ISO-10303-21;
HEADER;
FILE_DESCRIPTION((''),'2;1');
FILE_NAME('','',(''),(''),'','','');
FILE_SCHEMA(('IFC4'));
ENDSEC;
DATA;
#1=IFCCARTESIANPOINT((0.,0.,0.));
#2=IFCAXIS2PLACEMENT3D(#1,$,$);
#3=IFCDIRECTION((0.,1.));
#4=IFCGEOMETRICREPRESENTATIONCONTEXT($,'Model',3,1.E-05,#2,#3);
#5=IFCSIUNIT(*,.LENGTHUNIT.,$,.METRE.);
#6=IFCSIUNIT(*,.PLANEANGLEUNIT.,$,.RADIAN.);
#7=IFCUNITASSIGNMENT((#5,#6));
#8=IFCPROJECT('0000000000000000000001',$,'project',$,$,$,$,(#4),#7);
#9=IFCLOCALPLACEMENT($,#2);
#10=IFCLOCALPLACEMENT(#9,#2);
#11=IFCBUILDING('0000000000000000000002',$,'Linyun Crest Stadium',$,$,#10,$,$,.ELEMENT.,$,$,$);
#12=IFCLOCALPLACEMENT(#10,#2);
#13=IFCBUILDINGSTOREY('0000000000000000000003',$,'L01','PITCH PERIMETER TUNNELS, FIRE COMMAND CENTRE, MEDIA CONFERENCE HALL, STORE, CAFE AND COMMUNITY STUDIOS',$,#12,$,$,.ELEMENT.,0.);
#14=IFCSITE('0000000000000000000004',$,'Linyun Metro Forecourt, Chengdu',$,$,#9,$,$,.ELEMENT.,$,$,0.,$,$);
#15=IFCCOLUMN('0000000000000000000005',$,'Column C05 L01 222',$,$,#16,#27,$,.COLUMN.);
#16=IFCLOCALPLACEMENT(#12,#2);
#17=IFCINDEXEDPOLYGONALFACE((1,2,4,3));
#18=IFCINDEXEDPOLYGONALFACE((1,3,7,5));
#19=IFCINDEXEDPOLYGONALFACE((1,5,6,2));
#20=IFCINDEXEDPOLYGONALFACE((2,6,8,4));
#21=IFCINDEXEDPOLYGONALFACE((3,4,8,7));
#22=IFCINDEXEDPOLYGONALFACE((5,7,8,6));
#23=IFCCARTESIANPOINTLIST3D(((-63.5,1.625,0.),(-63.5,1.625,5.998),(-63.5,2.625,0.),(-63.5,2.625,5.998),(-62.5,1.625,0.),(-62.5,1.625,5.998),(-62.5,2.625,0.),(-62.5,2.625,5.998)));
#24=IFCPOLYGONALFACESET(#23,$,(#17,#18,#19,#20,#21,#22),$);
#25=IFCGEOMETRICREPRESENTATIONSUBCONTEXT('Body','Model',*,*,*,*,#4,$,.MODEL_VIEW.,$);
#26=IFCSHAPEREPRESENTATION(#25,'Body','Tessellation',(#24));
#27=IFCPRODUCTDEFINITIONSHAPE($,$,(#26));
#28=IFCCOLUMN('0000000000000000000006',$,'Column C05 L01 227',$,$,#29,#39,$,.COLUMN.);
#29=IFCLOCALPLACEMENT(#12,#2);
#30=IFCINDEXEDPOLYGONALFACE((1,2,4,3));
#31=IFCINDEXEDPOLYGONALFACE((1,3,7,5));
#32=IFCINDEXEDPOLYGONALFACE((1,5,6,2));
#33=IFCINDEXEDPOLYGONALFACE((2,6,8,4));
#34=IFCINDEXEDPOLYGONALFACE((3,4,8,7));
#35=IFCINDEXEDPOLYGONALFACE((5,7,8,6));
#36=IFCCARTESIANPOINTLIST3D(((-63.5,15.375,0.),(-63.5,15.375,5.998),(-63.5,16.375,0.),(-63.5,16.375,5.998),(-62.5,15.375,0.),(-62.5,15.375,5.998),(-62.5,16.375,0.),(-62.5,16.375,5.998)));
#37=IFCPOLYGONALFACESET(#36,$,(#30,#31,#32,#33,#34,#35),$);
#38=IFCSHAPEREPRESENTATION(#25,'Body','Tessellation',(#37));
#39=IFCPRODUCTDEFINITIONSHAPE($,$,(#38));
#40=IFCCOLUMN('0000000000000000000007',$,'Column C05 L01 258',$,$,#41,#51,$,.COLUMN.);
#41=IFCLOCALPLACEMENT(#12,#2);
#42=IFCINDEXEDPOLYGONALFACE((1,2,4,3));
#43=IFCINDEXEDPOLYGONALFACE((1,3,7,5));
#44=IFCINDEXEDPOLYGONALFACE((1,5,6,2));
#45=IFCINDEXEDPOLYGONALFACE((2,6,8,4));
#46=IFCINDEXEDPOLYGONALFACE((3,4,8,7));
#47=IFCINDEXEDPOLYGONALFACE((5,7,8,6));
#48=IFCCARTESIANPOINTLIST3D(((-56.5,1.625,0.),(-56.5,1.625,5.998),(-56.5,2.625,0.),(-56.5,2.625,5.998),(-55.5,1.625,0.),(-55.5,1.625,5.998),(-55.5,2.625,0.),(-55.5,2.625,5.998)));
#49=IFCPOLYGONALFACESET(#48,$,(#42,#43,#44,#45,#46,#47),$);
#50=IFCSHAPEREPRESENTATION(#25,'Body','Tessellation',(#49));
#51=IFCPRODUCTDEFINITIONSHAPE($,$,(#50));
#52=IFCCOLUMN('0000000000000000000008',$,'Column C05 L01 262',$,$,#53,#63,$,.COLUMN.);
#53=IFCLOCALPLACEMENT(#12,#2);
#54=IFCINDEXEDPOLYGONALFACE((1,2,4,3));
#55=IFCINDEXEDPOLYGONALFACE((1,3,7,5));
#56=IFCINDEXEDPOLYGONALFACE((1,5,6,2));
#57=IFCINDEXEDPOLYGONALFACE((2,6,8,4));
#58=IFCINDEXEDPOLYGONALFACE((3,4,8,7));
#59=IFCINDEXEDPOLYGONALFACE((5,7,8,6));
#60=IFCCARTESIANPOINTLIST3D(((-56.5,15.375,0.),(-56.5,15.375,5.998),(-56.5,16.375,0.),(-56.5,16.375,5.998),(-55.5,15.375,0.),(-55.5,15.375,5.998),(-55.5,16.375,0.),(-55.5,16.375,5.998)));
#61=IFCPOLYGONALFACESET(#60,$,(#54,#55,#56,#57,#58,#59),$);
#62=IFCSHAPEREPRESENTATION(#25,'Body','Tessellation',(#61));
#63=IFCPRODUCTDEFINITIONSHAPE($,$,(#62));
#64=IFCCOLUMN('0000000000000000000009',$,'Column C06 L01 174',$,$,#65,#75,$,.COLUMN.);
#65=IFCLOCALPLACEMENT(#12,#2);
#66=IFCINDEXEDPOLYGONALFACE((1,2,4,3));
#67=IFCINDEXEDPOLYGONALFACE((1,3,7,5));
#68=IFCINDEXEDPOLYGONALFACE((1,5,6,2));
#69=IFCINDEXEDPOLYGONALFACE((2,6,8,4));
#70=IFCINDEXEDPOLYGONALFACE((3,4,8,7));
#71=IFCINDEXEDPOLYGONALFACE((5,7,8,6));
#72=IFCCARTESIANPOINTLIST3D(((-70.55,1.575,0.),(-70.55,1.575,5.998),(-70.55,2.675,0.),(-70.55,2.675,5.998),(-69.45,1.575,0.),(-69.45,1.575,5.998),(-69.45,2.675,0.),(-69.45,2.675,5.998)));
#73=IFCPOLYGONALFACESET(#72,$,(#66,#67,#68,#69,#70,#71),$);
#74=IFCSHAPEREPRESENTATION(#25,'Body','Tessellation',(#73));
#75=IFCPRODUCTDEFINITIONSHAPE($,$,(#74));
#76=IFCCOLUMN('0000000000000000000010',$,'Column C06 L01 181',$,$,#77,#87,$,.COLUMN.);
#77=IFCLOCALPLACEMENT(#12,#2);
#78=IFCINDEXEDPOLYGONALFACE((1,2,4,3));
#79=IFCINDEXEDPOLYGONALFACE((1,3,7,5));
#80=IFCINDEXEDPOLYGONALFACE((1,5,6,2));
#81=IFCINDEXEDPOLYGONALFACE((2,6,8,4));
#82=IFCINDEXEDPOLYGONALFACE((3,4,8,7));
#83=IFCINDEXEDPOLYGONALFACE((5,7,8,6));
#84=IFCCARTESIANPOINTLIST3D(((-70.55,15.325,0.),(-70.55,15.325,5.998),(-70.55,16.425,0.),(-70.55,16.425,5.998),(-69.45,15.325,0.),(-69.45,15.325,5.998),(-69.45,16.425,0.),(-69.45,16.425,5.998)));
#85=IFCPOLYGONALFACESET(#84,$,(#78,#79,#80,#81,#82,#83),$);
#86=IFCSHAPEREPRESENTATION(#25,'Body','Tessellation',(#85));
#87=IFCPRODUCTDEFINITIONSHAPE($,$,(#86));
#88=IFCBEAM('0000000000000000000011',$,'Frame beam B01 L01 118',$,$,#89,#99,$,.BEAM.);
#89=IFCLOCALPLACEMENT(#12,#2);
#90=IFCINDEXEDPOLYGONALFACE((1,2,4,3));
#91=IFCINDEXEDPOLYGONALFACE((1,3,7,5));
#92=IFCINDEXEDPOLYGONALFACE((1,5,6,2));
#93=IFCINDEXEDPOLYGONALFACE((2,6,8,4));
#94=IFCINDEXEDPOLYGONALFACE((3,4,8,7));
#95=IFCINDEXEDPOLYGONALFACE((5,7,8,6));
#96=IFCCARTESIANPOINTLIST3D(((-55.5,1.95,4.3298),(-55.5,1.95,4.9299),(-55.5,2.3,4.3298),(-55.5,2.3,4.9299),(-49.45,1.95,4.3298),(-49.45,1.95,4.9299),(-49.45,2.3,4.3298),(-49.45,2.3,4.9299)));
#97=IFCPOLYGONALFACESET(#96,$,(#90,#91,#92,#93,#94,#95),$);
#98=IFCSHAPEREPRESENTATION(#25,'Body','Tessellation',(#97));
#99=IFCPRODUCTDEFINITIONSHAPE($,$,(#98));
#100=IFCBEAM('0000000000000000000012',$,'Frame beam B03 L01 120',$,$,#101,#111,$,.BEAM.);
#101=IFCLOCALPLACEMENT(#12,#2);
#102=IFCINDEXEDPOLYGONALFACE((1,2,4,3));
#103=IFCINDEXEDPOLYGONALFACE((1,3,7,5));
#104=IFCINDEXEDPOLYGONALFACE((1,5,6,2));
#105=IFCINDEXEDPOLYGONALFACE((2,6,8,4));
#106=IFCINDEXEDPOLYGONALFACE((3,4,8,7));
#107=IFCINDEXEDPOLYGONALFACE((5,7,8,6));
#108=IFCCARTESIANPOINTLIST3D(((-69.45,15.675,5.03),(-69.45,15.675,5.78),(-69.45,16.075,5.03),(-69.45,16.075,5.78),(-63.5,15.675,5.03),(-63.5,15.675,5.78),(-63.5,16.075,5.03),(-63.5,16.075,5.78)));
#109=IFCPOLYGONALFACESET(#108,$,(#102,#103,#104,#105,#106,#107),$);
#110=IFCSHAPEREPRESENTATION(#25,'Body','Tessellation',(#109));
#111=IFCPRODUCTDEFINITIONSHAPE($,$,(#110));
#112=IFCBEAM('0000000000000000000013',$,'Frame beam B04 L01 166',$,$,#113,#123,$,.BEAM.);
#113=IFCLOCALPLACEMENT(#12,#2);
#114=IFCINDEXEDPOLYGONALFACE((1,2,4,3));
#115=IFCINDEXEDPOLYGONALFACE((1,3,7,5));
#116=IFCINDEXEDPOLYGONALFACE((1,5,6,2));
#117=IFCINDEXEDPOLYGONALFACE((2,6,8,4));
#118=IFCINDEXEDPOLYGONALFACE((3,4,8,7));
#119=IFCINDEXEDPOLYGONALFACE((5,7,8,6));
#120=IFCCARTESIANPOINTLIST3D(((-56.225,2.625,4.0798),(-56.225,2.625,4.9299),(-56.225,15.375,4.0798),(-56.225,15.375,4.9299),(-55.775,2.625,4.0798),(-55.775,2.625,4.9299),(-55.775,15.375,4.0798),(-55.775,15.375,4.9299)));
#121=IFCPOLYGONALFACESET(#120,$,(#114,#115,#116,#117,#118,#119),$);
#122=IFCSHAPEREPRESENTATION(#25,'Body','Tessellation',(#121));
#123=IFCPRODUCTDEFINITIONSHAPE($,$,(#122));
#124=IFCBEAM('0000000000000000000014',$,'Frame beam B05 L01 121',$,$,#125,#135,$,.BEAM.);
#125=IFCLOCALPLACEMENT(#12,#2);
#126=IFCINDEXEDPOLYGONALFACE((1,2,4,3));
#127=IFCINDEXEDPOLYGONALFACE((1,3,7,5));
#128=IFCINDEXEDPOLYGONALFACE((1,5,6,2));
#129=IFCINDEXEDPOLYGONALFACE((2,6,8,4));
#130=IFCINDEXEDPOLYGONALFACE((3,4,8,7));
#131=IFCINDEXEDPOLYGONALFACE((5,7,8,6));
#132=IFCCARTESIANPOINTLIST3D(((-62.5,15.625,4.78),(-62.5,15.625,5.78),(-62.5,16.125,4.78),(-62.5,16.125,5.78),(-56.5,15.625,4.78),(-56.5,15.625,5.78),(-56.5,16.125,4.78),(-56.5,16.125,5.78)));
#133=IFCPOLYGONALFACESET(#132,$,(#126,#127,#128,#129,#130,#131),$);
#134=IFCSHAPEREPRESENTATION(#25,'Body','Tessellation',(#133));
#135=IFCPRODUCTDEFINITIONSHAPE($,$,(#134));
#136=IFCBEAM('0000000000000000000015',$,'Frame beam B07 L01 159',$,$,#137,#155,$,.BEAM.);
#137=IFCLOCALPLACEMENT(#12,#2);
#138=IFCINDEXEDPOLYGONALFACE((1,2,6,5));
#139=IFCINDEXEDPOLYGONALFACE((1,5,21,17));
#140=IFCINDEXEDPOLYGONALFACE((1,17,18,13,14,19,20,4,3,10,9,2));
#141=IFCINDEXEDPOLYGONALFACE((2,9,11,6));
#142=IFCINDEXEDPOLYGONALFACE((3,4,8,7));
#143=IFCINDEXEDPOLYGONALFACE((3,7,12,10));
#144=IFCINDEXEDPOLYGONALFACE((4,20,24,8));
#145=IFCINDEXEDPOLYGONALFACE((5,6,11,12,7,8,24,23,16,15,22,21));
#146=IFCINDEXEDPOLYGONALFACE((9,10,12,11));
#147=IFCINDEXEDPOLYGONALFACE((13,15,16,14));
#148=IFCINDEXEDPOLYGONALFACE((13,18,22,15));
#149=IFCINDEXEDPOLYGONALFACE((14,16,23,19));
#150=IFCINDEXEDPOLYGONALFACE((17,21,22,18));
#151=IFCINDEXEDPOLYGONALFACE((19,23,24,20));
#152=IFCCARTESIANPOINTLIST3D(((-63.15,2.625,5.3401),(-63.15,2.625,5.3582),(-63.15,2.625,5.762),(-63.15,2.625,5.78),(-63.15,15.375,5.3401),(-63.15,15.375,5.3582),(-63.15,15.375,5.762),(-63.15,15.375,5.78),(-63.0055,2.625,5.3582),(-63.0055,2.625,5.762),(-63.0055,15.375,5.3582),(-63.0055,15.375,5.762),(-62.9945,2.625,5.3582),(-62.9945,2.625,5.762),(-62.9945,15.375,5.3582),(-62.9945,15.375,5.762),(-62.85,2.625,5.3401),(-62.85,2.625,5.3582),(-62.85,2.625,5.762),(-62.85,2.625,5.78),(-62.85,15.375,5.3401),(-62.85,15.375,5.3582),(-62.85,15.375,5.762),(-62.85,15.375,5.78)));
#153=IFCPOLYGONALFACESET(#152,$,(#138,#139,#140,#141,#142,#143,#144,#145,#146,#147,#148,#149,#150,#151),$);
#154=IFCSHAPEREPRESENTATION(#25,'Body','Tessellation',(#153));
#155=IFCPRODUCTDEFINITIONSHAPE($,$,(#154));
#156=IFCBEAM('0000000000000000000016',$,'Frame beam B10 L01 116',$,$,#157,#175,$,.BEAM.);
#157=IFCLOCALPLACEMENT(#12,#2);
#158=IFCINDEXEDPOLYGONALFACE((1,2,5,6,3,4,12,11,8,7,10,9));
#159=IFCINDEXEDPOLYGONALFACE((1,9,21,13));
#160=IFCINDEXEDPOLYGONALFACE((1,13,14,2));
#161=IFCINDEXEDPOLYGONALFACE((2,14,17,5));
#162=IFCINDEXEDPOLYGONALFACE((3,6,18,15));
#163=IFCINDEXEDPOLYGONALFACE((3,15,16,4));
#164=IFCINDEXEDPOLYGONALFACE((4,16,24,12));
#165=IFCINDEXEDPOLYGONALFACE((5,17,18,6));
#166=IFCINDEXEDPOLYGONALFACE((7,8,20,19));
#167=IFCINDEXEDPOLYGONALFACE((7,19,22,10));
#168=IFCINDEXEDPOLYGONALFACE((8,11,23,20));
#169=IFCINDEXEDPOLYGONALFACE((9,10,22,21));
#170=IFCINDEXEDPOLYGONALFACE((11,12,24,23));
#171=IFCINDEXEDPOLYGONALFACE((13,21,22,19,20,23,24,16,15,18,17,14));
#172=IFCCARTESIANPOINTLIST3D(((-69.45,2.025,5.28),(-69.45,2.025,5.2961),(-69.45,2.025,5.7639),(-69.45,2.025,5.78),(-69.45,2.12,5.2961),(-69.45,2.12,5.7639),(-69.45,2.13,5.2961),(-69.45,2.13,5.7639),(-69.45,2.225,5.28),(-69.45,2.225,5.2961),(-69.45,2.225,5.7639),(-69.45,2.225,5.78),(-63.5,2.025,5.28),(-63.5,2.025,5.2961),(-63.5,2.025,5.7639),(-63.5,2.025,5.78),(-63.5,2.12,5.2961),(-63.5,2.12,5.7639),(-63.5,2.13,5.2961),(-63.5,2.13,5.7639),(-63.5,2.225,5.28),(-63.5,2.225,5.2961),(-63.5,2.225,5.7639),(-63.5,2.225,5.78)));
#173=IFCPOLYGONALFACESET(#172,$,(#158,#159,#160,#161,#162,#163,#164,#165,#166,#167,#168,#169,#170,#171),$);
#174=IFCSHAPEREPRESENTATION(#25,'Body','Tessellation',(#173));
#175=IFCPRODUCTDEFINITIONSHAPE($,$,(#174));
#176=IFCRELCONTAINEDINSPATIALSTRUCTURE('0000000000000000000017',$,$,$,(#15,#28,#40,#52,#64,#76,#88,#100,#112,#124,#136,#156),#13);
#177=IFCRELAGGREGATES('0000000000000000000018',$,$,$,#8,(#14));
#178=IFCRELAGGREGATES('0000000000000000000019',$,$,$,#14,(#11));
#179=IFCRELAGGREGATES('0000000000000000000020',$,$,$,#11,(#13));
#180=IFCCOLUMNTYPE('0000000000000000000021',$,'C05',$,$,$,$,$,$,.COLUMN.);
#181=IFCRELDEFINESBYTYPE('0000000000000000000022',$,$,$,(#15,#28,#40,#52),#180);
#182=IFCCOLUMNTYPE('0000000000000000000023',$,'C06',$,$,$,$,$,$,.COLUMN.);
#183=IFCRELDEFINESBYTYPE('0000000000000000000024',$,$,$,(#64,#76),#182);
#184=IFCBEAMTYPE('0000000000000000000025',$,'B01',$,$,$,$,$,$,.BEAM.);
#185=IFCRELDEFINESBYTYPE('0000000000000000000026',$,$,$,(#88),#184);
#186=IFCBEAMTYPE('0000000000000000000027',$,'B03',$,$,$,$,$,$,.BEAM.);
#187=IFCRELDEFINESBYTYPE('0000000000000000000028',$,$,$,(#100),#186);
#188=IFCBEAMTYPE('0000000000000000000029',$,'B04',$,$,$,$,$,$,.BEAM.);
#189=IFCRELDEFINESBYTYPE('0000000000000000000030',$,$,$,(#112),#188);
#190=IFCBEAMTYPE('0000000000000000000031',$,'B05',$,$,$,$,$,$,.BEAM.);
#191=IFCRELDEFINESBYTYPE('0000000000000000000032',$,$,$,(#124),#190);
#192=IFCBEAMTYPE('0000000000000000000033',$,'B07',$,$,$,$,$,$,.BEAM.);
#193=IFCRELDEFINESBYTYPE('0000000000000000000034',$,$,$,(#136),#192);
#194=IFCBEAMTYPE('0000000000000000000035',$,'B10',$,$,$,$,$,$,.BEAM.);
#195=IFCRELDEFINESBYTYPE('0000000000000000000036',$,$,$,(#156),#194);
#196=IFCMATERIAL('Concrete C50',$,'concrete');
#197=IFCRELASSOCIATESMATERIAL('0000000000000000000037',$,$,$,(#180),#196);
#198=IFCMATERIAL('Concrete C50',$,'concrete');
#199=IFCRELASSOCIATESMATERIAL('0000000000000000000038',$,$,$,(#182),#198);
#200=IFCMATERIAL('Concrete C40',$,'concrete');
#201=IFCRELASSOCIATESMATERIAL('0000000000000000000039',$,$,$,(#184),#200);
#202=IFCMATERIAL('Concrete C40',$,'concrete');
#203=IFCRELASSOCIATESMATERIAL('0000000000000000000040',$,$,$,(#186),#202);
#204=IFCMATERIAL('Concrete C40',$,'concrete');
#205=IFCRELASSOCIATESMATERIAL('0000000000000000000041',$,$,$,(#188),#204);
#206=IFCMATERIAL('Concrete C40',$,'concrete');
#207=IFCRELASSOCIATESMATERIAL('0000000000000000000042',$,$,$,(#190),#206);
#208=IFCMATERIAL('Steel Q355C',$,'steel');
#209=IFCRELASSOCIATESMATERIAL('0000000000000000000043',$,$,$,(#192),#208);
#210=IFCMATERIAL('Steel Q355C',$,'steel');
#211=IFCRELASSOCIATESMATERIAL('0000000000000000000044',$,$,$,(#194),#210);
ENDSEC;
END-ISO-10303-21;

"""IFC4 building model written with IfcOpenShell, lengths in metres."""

from ifc_helpers import new_model, si_unit, direction, frame, origin, origin_2d, place, context, subcontext, project, spatial, rectangle, i_section, extrude, material, material_profile, profile_set, type_object, element, save


model = new_model("IFC4")

# Units and contexts
model_context = context("Model", 3, precision=1e-05, world=origin(), true_north=direction((0.0, 1.0)))
body_context = subcontext(model_context, "Body", "Model", "MODEL_VIEW")
ifc_project = project(units=[si_unit("LENGTHUNIT", "METRE"), si_unit("PLANEANGLEUNIT", "RADIAN")], contexts=[model_context])

# Site, building, storey
site_placement = place(None, origin())
site = spatial("IfcSite", under=ifc_project, at=site_placement, Name="Linyun Metro Forecourt, Chengdu", CompositionType="ELEMENT", RefElevation=0.0)
building_placement = place(site_placement, origin())
building = spatial("IfcBuilding", under=site, at=building_placement, Name="Linyun Crest Stadium", CompositionType="ELEMENT")
storey_placement = place(building_placement, origin())
storey = spatial("IfcBuildingStorey", under=building, at=storey_placement, Name="L01", Description="PITCH PERIMETER TUNNELS, FIRE COMMAND CENTRE, MEDIA CONFERENCE HALL, STORE, CAFE AND COMMUNITY STUDIOS", CompositionType="ELEMENT", Elevation=0.0)

# Columns
ifc_material_1 = material(Name="Concrete C50", Category="concrete")
ifc_material_profile_1 = material_profile(ifc_material_1, rectangle(XDim=1.0, YDim=1.0, at=origin_2d()), Name="RC 1000x1000")
ifc_profile_set_1 = profile_set([ifc_material_profile_1], Name="Concrete C50")
column_type_1 = type_object("IfcColumnType", Name="C05", PredefinedType="COLUMN", material=ifc_profile_set_1)
for number, where, z_axis, x_axis, name in (
    (1, (-63.0, 2.125, 0.0), (0.0, 0.0, 1.0), (1.0, 0.0, 0.0), "Column C05 L01 222"),
    (2, (-63.0, 15.875, 0.0), (0.0, 0.0, 1.0), (1.0, 0.0, 0.0), "Column C05 L01 227"),
    (3, (-56.0, 2.125, 0.0), (0.0, 0.0, 1.0), (1.0, 0.0, 0.0), "Column C05 L01 258"),
    (4, (-56.0, 15.875, 0.0), (0.0, 0.0, 1.0), (1.0, 0.0, 0.0), "Column C05 L01 262"),
):
    element("IfcColumn", number, at=place(storey_placement, frame(where, z_axis=z_axis, x_axis=x_axis)), inside=storey, type_object=column_type_1, Name=name, PredefinedType="COLUMN", context=body_context, shape_type="SweptSolid", body=[
        extrude(rectangle(XDim=1.0, YDim=1.0, at=origin_2d()), origin(), (0.0, 0.0, 1.0), 5.998),
    ])
ifc_material_2 = material(Name="Concrete C50", Category="concrete")
ifc_material_profile_2 = material_profile(ifc_material_2, rectangle(XDim=1.1001, YDim=1.1001, at=origin_2d()), Name="RC 1100x1100")
ifc_profile_set_2 = profile_set([ifc_material_profile_2], Name="Concrete C50")
column_type_2 = type_object("IfcColumnType", Name="C06", PredefinedType="COLUMN", material=ifc_profile_set_2)
for number, where, z_axis, x_axis, name in (
    (5, (-70.0, 2.125, 0.0), (0.0, 0.0, 1.0), (1.0, 0.0, 0.0), "Column C06 L01 174"),
    (6, (-70.0, 15.875, 0.0), (0.0, 0.0, 1.0), (1.0, 0.0, 0.0), "Column C06 L01 181"),
):
    element("IfcColumn", number, at=place(storey_placement, frame(where, z_axis=z_axis, x_axis=x_axis)), inside=storey, type_object=column_type_2, Name=name, PredefinedType="COLUMN", context=body_context, shape_type="SweptSolid", body=[
        extrude(rectangle(XDim=1.1001, YDim=1.1001, at=origin_2d()), origin(), (0.0, 0.0, 1.0), 5.998),
    ])

# Beams
ifc_material_3 = material(Name="Concrete C40", Category="concrete")
ifc_material_profile_3 = material_profile(ifc_material_3, rectangle(XDim=0.3501, YDim=0.6001, at=origin_2d()), Name="RCB 600x350")
ifc_profile_set_3 = profile_set([ifc_material_profile_3], Name="Concrete C40")
beam_type_1 = type_object("IfcBeamType", Name="B01", PredefinedType="BEAM", material=ifc_profile_set_3)
beam_1_placement = place(storey_placement, frame((-55.5, 2.125, 4.6299), z_axis=(1.0, 0.0, 0.0), x_axis=(0.0, 1.0, 0.0)))
element("IfcBeam", 7, at=beam_1_placement, inside=storey, type_object=beam_type_1, Name="Frame beam B01 L01 118", PredefinedType="BEAM", context=body_context, shape_type="SweptSolid", body=[
    extrude(rectangle(XDim=0.3501, YDim=0.6001, at=origin_2d()), origin(), (0.0, 0.0, 1.0), 6.05),
])
ifc_material_4 = material(Name="Concrete C40", Category="concrete")
ifc_material_profile_4 = material_profile(ifc_material_4, rectangle(XDim=0.3999, YDim=0.75, at=origin_2d()), Name="RCB 750x400")
ifc_profile_set_4 = profile_set([ifc_material_profile_4], Name="Concrete C40")
beam_type_2 = type_object("IfcBeamType", Name="B03", PredefinedType="BEAM", material=ifc_profile_set_4)
beam_2_placement = place(storey_placement, frame((-69.45, 15.875, 5.405), z_axis=(1.0, 0.0, 0.0), x_axis=(0.0, 1.0, 0.0)))
element("IfcBeam", 8, at=beam_2_placement, inside=storey, type_object=beam_type_2, Name="Frame beam B03 L01 120", PredefinedType="BEAM", context=body_context, shape_type="SweptSolid", body=[
    extrude(rectangle(XDim=0.3999, YDim=0.75, at=origin_2d()), origin(), (0.0, 0.0, 1.0), 5.95),
])
ifc_material_5 = material(Name="Concrete C40", Category="concrete")
ifc_material_profile_5 = material_profile(ifc_material_5, rectangle(XDim=0.45, YDim=0.8501, at=origin_2d()), Name="RCB 850x450")
ifc_profile_set_5 = profile_set([ifc_material_profile_5], Name="Concrete C40")
beam_type_3 = type_object("IfcBeamType", Name="B04", PredefinedType="BEAM", material=ifc_profile_set_5)
beam_3_placement = place(storey_placement, frame((-56.0, 2.625, 4.5049), z_axis=(0.0, 1.0, 0.0), x_axis=(-1.0, 0.0, 0.0)))
element("IfcBeam", 9, at=beam_3_placement, inside=storey, type_object=beam_type_3, Name="Frame beam B04 L01 166", PredefinedType="BEAM", context=body_context, shape_type="SweptSolid", body=[
    extrude(rectangle(XDim=0.45, YDim=0.8501, at=origin_2d()), origin(), (0.0, 0.0, 1.0), 12.75),
])
ifc_material_6 = material(Name="Concrete C40", Category="concrete")
ifc_material_profile_6 = material_profile(ifc_material_6, rectangle(XDim=0.5, YDim=1.0, at=origin_2d()), Name="RCB 1000x500")
ifc_profile_set_6 = profile_set([ifc_material_profile_6], Name="Concrete C40")
beam_type_4 = type_object("IfcBeamType", Name="B05", PredefinedType="BEAM", material=ifc_profile_set_6)
beam_4_placement = place(storey_placement, frame((-62.5, 15.875, 5.28), z_axis=(1.0, 0.0, 0.0), x_axis=(0.0, 1.0, 0.0)))
element("IfcBeam", 10, at=beam_4_placement, inside=storey, type_object=beam_type_4, Name="Frame beam B05 L01 121", PredefinedType="BEAM", context=body_context, shape_type="SweptSolid", body=[
    extrude(rectangle(XDim=0.5, YDim=1.0, at=origin_2d()), origin(), (0.0, 0.0, 1.0), 6.0),
])
ifc_material_7 = material(Name="Steel Q355C", Category="steel")
ifc_material_profile_7 = material_profile(ifc_material_7, i_section(OverallWidth=0.3, OverallDepth=0.4399, WebThickness=0.011, FlangeThickness=0.0181, at=origin_2d()), Name="HM 440x300")
ifc_profile_set_7 = profile_set([ifc_material_profile_7], Name="Steel Q355C")
beam_type_5 = type_object("IfcBeamType", Name="B07", PredefinedType="BEAM", material=ifc_profile_set_7)
beam_5_placement = place(storey_placement, frame((-63.0, 2.625, 5.5601), z_axis=(0.0, 1.0, 0.0), x_axis=(-1.0, 0.0, 0.0)))
element("IfcBeam", 11, at=beam_5_placement, inside=storey, type_object=beam_type_5, Name="Frame beam B07 L01 159", PredefinedType="BEAM", context=body_context, shape_type="SweptSolid", body=[
    extrude(i_section(OverallWidth=0.3, OverallDepth=0.4399, WebThickness=0.011, FlangeThickness=0.0181, at=origin_2d()), origin(), (0.0, 0.0, 1.0), 12.75),
])
ifc_material_8 = material(Name="Steel Q355C", Category="steel")
ifc_material_profile_8 = material_profile(ifc_material_8, i_section(OverallWidth=0.2, OverallDepth=0.5, WebThickness=0.01, FlangeThickness=0.0161, at=origin_2d()), Name="HN 500x200")
ifc_profile_set_8 = profile_set([ifc_material_profile_8], Name="Steel Q355C")
beam_type_6 = type_object("IfcBeamType", Name="B10", PredefinedType="BEAM", material=ifc_profile_set_8)
beam_6_placement = place(storey_placement, frame((-69.45, 2.125, 5.53), z_axis=(1.0, 0.0, 0.0), x_axis=(0.0, 1.0, 0.0)))
element("IfcBeam", 12, at=beam_6_placement, inside=storey, type_object=beam_type_6, Name="Frame beam B10 L01 116", PredefinedType="BEAM", context=body_context, shape_type="SweptSolid", body=[
    extrude(i_section(OverallWidth=0.2, OverallDepth=0.5, WebThickness=0.01, FlangeThickness=0.0161, at=origin_2d()), origin(), (0.0, 0.0, 1.0), 5.95),
])

save(model, "model.ifc")
